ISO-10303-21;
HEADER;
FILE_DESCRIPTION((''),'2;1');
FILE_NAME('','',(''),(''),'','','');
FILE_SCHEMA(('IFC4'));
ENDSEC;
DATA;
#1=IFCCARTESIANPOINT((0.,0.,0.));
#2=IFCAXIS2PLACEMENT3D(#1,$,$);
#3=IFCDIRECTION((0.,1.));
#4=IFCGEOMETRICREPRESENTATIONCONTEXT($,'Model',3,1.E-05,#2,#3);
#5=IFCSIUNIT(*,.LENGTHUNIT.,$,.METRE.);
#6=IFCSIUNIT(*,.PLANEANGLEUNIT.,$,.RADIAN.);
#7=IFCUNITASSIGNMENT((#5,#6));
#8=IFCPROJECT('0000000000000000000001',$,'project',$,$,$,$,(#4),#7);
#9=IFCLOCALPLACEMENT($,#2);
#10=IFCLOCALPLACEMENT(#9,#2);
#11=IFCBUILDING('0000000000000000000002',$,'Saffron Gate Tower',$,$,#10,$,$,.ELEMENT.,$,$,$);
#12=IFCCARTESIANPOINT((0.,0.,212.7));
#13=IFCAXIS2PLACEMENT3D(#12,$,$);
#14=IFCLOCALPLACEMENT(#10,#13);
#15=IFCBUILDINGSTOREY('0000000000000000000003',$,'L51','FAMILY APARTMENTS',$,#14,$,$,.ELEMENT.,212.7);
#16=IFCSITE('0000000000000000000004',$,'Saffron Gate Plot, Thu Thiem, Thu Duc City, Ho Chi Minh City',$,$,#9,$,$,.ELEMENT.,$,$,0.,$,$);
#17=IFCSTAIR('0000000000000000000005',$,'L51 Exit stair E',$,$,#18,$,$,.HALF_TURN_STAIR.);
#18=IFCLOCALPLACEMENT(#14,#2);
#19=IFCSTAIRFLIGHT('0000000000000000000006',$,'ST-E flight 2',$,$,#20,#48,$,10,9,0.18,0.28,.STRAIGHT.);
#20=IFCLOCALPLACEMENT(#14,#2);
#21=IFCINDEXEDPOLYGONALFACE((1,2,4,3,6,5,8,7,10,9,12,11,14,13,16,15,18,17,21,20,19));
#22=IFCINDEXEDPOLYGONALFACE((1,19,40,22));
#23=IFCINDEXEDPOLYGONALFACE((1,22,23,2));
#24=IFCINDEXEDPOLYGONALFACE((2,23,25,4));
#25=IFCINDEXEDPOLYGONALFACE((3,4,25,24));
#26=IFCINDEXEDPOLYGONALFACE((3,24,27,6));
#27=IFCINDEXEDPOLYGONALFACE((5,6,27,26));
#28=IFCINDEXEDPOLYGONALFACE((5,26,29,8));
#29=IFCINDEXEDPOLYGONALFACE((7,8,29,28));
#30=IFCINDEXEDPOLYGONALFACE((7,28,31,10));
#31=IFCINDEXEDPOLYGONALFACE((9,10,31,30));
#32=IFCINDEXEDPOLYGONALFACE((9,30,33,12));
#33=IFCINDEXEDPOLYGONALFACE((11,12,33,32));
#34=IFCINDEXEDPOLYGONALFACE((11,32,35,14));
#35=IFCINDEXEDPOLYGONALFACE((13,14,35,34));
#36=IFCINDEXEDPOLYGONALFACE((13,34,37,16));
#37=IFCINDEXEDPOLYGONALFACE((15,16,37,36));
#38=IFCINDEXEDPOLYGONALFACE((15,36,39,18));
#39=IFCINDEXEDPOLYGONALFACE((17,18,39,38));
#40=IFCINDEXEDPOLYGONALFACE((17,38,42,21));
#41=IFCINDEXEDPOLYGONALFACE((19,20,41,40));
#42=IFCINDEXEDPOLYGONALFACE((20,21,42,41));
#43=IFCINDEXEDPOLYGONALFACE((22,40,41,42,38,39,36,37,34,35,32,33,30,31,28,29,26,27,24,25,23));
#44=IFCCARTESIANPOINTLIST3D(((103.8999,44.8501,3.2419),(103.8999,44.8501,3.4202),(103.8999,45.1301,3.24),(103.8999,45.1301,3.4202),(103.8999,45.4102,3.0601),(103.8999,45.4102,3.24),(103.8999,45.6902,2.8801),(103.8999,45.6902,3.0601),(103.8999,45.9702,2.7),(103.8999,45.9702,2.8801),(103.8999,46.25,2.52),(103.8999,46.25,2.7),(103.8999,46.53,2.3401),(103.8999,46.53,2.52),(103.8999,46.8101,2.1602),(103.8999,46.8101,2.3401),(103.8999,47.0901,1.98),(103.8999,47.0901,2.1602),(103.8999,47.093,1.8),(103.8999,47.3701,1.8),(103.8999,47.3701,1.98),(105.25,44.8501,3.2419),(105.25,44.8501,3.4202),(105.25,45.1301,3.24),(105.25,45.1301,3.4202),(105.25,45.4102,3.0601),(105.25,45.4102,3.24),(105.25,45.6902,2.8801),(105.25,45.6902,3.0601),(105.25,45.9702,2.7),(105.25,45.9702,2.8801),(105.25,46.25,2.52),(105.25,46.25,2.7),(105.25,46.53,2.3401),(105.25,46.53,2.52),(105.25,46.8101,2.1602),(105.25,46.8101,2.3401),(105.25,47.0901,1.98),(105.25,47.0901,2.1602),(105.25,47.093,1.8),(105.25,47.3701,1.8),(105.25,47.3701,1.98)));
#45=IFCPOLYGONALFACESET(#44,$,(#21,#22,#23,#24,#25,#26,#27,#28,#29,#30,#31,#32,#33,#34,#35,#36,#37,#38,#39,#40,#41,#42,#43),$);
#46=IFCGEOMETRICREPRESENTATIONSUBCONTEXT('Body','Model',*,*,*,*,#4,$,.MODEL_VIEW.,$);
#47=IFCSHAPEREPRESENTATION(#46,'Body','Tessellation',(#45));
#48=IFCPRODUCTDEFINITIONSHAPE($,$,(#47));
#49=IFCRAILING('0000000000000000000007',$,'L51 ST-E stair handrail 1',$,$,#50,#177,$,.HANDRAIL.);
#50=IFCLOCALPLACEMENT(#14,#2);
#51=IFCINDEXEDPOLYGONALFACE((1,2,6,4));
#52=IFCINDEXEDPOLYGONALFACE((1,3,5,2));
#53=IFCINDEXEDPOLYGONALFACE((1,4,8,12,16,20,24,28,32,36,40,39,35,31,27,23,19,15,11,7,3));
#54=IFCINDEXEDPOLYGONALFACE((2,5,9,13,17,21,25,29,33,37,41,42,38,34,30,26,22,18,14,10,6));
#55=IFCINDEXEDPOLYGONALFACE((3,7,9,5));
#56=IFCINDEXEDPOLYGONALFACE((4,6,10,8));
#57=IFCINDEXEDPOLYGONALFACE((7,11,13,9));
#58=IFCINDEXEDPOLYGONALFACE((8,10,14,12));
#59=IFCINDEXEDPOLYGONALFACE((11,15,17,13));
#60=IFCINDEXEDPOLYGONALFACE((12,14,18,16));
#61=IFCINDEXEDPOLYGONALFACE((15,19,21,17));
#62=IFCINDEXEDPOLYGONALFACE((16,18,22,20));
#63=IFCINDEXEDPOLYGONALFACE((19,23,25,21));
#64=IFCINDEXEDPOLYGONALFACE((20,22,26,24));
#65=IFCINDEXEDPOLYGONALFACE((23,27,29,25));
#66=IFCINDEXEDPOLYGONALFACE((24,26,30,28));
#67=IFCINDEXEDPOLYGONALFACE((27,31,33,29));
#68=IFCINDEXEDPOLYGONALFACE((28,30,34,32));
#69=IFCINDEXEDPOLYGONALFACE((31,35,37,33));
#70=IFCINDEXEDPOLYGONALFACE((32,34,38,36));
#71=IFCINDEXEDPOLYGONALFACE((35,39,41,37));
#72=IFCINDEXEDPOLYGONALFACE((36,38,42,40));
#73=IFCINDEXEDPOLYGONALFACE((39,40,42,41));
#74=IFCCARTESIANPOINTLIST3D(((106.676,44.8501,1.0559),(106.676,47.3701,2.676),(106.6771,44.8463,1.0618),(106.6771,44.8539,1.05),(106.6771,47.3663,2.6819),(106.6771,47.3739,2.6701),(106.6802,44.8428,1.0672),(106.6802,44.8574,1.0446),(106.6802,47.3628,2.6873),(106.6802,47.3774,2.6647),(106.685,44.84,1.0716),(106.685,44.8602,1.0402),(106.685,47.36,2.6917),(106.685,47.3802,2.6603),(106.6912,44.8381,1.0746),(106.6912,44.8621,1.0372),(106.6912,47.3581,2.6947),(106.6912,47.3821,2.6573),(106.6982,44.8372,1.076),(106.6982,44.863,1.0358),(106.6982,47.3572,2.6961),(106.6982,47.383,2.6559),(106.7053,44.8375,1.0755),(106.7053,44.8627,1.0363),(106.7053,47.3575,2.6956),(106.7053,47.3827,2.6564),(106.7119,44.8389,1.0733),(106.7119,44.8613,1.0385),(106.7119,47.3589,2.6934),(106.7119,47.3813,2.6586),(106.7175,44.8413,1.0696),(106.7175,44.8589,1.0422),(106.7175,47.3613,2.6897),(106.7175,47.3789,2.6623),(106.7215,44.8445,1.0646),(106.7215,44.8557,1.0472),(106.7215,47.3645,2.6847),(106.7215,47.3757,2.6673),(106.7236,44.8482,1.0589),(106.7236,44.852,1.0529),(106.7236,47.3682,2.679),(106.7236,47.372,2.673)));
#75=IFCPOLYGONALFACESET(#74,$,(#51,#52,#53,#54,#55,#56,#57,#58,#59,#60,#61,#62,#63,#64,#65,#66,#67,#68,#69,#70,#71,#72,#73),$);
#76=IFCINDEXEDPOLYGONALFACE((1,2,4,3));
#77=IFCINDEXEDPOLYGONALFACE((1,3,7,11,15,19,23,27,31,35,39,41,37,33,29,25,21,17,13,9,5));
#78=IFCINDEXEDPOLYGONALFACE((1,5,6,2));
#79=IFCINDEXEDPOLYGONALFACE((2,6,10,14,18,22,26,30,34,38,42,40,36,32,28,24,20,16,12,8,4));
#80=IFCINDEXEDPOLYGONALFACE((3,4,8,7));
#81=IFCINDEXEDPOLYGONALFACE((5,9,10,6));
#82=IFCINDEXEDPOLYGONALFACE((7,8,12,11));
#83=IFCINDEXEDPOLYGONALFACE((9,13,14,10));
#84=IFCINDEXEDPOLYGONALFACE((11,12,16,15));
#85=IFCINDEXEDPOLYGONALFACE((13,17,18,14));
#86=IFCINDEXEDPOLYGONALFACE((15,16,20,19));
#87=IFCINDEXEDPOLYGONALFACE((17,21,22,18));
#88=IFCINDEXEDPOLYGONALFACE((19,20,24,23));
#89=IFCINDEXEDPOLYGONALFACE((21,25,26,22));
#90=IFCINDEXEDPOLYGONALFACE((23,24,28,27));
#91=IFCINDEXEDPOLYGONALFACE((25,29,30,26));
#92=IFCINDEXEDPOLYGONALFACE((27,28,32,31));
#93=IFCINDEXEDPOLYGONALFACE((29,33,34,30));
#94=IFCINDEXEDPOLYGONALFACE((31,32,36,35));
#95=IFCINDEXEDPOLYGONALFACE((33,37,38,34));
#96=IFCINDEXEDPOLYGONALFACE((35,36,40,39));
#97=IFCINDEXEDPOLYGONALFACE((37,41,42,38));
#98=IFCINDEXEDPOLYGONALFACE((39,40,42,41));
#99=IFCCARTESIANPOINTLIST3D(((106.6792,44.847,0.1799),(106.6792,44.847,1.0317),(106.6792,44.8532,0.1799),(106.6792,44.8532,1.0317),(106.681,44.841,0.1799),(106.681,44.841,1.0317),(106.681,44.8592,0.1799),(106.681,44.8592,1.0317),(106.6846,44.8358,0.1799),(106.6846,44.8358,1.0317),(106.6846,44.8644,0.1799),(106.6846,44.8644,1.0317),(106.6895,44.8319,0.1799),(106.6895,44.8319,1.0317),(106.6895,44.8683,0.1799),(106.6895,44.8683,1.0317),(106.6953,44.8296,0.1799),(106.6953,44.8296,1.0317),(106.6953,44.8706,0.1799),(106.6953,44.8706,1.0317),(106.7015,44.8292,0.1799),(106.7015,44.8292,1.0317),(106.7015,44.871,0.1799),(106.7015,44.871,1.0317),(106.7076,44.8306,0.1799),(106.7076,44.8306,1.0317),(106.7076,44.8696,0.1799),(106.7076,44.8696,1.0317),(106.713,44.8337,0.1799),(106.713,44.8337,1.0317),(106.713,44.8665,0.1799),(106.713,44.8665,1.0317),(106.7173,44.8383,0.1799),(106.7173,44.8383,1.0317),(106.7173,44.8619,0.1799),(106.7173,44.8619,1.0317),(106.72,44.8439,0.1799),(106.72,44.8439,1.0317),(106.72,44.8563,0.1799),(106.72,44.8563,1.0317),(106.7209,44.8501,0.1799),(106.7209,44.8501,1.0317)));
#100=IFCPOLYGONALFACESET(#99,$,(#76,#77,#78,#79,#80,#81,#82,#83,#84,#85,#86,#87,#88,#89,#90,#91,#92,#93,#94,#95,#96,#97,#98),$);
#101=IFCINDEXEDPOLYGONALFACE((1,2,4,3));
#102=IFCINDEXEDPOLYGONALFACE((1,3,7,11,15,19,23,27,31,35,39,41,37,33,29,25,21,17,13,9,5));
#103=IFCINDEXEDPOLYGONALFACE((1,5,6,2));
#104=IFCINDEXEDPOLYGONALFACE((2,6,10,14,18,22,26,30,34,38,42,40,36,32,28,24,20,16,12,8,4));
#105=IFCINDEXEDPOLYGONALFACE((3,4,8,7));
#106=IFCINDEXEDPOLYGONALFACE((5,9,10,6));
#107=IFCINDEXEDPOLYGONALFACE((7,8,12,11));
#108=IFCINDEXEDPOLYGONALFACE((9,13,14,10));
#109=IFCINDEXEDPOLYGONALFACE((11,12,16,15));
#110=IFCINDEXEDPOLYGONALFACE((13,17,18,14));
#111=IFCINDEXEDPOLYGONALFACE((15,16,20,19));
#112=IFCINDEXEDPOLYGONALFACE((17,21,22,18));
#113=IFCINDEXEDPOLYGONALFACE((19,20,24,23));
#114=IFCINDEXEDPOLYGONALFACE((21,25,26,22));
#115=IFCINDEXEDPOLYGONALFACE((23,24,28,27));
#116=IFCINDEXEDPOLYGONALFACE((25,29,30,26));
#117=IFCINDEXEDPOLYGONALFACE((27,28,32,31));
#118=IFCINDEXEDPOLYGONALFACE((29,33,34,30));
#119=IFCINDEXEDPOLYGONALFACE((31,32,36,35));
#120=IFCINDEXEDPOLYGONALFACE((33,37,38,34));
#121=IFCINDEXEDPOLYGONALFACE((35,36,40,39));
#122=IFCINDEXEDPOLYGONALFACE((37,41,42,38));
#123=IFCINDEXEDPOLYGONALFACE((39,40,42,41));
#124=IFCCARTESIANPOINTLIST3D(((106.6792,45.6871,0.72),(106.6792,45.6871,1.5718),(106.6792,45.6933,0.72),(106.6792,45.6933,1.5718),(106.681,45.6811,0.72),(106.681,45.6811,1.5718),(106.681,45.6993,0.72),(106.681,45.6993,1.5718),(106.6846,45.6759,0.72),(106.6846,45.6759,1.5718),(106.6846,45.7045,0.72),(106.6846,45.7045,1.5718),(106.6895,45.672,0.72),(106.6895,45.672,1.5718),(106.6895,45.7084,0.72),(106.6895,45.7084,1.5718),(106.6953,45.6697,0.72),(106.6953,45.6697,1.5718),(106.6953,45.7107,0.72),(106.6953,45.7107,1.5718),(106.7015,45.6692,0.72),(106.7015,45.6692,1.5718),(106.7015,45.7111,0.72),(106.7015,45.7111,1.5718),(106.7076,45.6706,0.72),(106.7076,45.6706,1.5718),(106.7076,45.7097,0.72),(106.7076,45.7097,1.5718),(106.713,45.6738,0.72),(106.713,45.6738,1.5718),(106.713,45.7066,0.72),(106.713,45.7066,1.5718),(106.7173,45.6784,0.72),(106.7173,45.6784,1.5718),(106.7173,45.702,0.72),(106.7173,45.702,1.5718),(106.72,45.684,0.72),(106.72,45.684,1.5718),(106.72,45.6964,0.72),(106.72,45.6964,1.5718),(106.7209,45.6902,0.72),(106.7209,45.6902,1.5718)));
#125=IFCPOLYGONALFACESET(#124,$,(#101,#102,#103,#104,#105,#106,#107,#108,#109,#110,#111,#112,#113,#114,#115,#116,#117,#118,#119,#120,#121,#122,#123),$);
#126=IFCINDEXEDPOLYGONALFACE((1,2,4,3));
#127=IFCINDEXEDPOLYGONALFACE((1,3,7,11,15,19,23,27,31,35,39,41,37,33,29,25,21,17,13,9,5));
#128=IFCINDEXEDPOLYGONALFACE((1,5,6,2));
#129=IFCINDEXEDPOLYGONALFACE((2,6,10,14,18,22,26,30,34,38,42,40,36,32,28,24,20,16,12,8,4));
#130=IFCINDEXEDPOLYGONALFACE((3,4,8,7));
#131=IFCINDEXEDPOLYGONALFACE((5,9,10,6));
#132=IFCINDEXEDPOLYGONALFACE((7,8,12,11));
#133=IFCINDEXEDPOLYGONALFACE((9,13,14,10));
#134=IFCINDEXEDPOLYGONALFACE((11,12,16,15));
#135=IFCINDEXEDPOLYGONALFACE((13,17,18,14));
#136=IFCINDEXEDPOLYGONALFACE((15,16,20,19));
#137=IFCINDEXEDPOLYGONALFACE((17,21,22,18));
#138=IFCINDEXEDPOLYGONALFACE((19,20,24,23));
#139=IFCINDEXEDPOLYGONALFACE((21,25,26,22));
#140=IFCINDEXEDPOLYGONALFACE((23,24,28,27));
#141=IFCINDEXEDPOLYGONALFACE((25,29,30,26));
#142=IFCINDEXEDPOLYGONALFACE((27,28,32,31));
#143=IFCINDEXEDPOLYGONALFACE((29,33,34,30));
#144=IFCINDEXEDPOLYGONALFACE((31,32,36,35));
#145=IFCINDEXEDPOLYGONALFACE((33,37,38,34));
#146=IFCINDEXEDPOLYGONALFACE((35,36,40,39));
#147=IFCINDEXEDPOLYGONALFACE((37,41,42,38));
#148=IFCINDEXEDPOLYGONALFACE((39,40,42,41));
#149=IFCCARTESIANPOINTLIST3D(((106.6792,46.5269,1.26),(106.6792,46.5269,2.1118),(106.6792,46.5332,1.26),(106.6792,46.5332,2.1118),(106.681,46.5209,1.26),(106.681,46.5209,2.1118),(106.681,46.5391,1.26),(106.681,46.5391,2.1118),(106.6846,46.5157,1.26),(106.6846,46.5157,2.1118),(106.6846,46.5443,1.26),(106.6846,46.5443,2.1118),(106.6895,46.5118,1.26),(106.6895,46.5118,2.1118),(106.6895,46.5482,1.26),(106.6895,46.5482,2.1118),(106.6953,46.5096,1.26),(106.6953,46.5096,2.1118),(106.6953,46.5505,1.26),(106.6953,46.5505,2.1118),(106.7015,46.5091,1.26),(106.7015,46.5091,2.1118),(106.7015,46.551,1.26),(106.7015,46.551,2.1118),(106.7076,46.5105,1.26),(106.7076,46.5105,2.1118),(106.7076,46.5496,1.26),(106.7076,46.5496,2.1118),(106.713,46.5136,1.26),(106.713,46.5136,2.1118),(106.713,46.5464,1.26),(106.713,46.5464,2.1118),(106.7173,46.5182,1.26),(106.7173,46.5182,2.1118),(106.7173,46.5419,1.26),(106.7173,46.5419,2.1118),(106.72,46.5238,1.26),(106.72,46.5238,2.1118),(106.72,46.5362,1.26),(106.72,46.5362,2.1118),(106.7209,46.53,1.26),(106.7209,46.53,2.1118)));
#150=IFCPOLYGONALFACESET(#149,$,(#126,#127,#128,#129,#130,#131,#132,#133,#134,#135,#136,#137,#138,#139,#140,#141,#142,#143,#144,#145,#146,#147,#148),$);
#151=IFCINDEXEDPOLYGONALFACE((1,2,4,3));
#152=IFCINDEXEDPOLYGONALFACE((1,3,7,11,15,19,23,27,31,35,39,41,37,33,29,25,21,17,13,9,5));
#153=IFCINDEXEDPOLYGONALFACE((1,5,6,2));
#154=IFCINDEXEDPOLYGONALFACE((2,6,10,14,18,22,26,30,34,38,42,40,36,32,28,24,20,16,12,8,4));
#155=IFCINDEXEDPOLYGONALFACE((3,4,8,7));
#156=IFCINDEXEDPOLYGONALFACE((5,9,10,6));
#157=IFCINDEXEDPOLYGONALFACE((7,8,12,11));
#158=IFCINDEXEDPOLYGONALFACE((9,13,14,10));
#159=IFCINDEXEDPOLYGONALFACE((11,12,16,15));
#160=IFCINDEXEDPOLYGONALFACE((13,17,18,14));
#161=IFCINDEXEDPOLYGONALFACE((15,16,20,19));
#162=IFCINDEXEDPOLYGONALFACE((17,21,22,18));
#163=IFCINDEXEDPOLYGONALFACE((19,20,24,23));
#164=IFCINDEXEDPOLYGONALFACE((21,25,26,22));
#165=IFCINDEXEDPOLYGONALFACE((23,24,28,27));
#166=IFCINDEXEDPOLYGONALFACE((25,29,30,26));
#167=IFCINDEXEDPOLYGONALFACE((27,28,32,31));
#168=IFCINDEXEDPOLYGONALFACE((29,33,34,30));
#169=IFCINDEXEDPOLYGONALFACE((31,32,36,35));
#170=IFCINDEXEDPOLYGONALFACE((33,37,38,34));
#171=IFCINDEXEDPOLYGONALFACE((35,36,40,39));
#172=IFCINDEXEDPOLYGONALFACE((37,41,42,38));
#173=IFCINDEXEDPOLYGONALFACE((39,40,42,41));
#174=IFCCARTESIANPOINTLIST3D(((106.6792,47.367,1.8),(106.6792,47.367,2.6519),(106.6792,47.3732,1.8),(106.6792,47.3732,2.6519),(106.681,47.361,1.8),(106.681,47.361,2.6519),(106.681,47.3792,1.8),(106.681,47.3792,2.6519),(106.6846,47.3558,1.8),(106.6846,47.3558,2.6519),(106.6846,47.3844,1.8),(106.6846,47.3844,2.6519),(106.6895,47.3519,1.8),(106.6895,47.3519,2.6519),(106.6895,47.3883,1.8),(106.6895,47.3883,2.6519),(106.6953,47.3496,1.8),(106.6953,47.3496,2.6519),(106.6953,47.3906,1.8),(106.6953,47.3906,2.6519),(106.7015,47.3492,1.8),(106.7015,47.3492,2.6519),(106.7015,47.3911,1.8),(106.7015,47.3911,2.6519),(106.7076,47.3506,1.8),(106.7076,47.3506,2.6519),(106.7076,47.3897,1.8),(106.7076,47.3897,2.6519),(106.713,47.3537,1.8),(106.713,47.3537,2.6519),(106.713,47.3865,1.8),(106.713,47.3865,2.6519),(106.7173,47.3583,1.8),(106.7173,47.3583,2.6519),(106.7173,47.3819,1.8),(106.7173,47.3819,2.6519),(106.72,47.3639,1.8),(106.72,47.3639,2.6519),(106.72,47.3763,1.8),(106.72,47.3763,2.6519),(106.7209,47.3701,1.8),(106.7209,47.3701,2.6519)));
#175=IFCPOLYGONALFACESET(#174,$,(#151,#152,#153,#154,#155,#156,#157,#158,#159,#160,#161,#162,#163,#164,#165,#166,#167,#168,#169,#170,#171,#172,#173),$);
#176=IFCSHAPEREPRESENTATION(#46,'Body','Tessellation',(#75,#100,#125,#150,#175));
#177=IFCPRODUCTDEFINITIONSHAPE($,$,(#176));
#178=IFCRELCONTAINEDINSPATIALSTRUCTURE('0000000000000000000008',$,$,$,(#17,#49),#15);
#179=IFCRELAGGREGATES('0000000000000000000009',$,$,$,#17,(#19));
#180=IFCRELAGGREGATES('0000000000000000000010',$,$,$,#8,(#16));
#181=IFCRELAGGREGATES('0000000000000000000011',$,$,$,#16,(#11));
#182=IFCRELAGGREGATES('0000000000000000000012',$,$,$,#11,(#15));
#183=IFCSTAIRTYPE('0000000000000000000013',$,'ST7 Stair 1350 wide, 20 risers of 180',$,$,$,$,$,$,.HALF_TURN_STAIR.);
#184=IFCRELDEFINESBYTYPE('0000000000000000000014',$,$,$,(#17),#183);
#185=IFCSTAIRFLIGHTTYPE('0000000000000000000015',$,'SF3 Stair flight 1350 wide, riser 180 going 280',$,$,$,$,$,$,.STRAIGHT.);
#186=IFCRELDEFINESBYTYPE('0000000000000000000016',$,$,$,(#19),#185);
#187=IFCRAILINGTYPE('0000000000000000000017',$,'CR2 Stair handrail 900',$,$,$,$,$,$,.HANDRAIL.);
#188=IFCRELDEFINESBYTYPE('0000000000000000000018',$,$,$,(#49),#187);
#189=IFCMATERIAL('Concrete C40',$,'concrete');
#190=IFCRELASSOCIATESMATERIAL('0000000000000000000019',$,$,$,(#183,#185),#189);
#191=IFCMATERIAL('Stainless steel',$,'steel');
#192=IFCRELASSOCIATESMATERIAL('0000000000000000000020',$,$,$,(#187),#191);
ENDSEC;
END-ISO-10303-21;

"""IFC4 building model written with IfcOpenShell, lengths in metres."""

from ifc_helpers import new_model, si_unit, direction, frame, origin, origin_2d, place, context, subcontext, project, spatial, polyline, circle, outline, extrude, material, type_object, element, aggregate, save


model = new_model("IFC4")

# Units and contexts
model_context = context("Model", 3, precision=1e-05, world=origin(), true_north=direction((0.0, 1.0)))
body_context = subcontext(model_context, "Body", "Model", "MODEL_VIEW")
ifc_project = project(units=[si_unit("LENGTHUNIT", "METRE"), si_unit("PLANEANGLEUNIT", "RADIAN")], contexts=[model_context])

# Site, building, storey
site_placement = place(None, origin())
site = spatial("IfcSite", under=ifc_project, at=site_placement, Name="Saffron Gate Plot, Thu Thiem, Thu Duc City, Ho Chi Minh City", CompositionType="ELEMENT", RefElevation=0.0)
building_placement = place(site_placement, origin())
building = spatial("IfcBuilding", under=site, at=building_placement, Name="Saffron Gate Tower", CompositionType="ELEMENT")
storey_placement = place(building_placement, frame((0.0, 0.0, 212.7)))
storey = spatial("IfcBuildingStorey", under=building, at=storey_placement, Name="L51", Description="FAMILY APARTMENTS", CompositionType="ELEMENT", Elevation=212.7)

# Stair, stair flight
ifc_material_1 = material(Name="Concrete C40", Category="concrete")
stair_type = type_object("IfcStairType", Name="ST7 Stair 1350 wide, 20 risers of 180", PredefinedType="HALF_TURN_STAIR", material=ifc_material_1)
stair_placement = place(storey_placement, origin())
stair = element("IfcStair", 1, at=stair_placement, inside=storey, type_object=stair_type, Name="L51 Exit stair E", PredefinedType="HALF_TURN_STAIR")
stair_flight_type = type_object("IfcStairFlightType", Name="SF3 Stair flight 1350 wide, riser 180 going 280", PredefinedType="STRAIGHT", material=ifc_material_1)
stair_flight_1_placement = place(storey_placement, frame((104.575, 47.3701, 1.8), z_axis=(0.0, 0.0, 1.0), x_axis=(0.0, -1.0, 0.0)))
stair_flight_1 = element("IfcStairFlight", 2, at=stair_flight_1_placement, type_object=stair_flight_type, Name="ST-E flight 2", NumberOfRisers=10, NumberOfTreads=9, PredefinedType="STRAIGHT", RiserHeight=0.18, TreadLength=0.28, context=body_context, shape_type="SweptSolid", body=[
    extrude(outline(polyline([(0.0, 0.0), (0.0, 0.1799), (0.28, 0.1799), (0.28, 0.3601), (0.5601, 0.3601), (0.5601, 0.54), (0.8401, 0.54), (0.8401, 0.72), (1.1201, 0.72), (1.1201, 0.8999), (1.3999, 0.8999), (1.3999, 1.0801), (1.6799, 1.0801), (1.6799, 1.26), (1.96, 1.26), (1.96, 1.4399), (2.24, 1.4399), (2.24, 1.6201), (2.52, 1.6201), (2.52, 1.8), (2.52, 1.4419), (0.2771, 0.0), (0.0, 0.0)])), frame((0.0, 0.675, 0.0), z_axis=(0.0, -1.0, 0.0), x_axis=(1.0, 0.0, 0.0)), (0.0, 0.0, 1.0), 1.3501),
])
aggregate(stair, [stair_flight_1])

# Railing
ifc_material_2 = material(Name="Stainless steel", Category="steel")
railing_type_1 = type_object("IfcRailingType", Name="CR2 Stair handrail 900", PredefinedType="HANDRAIL", material=ifc_material_2)
railing_1_placement = place(storey_placement, frame((106.7, 44.8501, 0.1799)))
element("IfcRailing", 3, at=railing_1_placement, inside=storey, type_object=railing_type_1, Name="L51 ST-E stair handrail 1", PredefinedType="HANDRAIL", context=body_context, shape_type="SweptSolid", body=[
    extrude(circle(Radius=0.0239, at=origin_2d()), frame((0.0, 0.0, 0.876), z_axis=(0.0, 0.841163, 0.540782), x_axis=(-1.0, 0.0, 0.0)), (0.0, 0.0, 1.0), 2.9958),
    extrude(circle(Radius=0.021, at=origin_2d()), origin(), (0.0, 0.0, 1.0), 0.8518),
    extrude(circle(Radius=0.021, at=origin_2d()), frame((0.0, 0.8401, 0.54)), (0.0, 0.0, 1.0), 0.8518),
    extrude(circle(Radius=0.021, at=origin_2d()), frame((0.0, 1.6799, 1.0801)), (0.0, 0.0, 1.0), 0.8518),
    extrude(circle(Radius=0.021, at=origin_2d()), frame((0.0, 2.52, 1.6201)), (0.0, 0.0, 1.0), 0.8518),
])

save(model, "model.ifc")
